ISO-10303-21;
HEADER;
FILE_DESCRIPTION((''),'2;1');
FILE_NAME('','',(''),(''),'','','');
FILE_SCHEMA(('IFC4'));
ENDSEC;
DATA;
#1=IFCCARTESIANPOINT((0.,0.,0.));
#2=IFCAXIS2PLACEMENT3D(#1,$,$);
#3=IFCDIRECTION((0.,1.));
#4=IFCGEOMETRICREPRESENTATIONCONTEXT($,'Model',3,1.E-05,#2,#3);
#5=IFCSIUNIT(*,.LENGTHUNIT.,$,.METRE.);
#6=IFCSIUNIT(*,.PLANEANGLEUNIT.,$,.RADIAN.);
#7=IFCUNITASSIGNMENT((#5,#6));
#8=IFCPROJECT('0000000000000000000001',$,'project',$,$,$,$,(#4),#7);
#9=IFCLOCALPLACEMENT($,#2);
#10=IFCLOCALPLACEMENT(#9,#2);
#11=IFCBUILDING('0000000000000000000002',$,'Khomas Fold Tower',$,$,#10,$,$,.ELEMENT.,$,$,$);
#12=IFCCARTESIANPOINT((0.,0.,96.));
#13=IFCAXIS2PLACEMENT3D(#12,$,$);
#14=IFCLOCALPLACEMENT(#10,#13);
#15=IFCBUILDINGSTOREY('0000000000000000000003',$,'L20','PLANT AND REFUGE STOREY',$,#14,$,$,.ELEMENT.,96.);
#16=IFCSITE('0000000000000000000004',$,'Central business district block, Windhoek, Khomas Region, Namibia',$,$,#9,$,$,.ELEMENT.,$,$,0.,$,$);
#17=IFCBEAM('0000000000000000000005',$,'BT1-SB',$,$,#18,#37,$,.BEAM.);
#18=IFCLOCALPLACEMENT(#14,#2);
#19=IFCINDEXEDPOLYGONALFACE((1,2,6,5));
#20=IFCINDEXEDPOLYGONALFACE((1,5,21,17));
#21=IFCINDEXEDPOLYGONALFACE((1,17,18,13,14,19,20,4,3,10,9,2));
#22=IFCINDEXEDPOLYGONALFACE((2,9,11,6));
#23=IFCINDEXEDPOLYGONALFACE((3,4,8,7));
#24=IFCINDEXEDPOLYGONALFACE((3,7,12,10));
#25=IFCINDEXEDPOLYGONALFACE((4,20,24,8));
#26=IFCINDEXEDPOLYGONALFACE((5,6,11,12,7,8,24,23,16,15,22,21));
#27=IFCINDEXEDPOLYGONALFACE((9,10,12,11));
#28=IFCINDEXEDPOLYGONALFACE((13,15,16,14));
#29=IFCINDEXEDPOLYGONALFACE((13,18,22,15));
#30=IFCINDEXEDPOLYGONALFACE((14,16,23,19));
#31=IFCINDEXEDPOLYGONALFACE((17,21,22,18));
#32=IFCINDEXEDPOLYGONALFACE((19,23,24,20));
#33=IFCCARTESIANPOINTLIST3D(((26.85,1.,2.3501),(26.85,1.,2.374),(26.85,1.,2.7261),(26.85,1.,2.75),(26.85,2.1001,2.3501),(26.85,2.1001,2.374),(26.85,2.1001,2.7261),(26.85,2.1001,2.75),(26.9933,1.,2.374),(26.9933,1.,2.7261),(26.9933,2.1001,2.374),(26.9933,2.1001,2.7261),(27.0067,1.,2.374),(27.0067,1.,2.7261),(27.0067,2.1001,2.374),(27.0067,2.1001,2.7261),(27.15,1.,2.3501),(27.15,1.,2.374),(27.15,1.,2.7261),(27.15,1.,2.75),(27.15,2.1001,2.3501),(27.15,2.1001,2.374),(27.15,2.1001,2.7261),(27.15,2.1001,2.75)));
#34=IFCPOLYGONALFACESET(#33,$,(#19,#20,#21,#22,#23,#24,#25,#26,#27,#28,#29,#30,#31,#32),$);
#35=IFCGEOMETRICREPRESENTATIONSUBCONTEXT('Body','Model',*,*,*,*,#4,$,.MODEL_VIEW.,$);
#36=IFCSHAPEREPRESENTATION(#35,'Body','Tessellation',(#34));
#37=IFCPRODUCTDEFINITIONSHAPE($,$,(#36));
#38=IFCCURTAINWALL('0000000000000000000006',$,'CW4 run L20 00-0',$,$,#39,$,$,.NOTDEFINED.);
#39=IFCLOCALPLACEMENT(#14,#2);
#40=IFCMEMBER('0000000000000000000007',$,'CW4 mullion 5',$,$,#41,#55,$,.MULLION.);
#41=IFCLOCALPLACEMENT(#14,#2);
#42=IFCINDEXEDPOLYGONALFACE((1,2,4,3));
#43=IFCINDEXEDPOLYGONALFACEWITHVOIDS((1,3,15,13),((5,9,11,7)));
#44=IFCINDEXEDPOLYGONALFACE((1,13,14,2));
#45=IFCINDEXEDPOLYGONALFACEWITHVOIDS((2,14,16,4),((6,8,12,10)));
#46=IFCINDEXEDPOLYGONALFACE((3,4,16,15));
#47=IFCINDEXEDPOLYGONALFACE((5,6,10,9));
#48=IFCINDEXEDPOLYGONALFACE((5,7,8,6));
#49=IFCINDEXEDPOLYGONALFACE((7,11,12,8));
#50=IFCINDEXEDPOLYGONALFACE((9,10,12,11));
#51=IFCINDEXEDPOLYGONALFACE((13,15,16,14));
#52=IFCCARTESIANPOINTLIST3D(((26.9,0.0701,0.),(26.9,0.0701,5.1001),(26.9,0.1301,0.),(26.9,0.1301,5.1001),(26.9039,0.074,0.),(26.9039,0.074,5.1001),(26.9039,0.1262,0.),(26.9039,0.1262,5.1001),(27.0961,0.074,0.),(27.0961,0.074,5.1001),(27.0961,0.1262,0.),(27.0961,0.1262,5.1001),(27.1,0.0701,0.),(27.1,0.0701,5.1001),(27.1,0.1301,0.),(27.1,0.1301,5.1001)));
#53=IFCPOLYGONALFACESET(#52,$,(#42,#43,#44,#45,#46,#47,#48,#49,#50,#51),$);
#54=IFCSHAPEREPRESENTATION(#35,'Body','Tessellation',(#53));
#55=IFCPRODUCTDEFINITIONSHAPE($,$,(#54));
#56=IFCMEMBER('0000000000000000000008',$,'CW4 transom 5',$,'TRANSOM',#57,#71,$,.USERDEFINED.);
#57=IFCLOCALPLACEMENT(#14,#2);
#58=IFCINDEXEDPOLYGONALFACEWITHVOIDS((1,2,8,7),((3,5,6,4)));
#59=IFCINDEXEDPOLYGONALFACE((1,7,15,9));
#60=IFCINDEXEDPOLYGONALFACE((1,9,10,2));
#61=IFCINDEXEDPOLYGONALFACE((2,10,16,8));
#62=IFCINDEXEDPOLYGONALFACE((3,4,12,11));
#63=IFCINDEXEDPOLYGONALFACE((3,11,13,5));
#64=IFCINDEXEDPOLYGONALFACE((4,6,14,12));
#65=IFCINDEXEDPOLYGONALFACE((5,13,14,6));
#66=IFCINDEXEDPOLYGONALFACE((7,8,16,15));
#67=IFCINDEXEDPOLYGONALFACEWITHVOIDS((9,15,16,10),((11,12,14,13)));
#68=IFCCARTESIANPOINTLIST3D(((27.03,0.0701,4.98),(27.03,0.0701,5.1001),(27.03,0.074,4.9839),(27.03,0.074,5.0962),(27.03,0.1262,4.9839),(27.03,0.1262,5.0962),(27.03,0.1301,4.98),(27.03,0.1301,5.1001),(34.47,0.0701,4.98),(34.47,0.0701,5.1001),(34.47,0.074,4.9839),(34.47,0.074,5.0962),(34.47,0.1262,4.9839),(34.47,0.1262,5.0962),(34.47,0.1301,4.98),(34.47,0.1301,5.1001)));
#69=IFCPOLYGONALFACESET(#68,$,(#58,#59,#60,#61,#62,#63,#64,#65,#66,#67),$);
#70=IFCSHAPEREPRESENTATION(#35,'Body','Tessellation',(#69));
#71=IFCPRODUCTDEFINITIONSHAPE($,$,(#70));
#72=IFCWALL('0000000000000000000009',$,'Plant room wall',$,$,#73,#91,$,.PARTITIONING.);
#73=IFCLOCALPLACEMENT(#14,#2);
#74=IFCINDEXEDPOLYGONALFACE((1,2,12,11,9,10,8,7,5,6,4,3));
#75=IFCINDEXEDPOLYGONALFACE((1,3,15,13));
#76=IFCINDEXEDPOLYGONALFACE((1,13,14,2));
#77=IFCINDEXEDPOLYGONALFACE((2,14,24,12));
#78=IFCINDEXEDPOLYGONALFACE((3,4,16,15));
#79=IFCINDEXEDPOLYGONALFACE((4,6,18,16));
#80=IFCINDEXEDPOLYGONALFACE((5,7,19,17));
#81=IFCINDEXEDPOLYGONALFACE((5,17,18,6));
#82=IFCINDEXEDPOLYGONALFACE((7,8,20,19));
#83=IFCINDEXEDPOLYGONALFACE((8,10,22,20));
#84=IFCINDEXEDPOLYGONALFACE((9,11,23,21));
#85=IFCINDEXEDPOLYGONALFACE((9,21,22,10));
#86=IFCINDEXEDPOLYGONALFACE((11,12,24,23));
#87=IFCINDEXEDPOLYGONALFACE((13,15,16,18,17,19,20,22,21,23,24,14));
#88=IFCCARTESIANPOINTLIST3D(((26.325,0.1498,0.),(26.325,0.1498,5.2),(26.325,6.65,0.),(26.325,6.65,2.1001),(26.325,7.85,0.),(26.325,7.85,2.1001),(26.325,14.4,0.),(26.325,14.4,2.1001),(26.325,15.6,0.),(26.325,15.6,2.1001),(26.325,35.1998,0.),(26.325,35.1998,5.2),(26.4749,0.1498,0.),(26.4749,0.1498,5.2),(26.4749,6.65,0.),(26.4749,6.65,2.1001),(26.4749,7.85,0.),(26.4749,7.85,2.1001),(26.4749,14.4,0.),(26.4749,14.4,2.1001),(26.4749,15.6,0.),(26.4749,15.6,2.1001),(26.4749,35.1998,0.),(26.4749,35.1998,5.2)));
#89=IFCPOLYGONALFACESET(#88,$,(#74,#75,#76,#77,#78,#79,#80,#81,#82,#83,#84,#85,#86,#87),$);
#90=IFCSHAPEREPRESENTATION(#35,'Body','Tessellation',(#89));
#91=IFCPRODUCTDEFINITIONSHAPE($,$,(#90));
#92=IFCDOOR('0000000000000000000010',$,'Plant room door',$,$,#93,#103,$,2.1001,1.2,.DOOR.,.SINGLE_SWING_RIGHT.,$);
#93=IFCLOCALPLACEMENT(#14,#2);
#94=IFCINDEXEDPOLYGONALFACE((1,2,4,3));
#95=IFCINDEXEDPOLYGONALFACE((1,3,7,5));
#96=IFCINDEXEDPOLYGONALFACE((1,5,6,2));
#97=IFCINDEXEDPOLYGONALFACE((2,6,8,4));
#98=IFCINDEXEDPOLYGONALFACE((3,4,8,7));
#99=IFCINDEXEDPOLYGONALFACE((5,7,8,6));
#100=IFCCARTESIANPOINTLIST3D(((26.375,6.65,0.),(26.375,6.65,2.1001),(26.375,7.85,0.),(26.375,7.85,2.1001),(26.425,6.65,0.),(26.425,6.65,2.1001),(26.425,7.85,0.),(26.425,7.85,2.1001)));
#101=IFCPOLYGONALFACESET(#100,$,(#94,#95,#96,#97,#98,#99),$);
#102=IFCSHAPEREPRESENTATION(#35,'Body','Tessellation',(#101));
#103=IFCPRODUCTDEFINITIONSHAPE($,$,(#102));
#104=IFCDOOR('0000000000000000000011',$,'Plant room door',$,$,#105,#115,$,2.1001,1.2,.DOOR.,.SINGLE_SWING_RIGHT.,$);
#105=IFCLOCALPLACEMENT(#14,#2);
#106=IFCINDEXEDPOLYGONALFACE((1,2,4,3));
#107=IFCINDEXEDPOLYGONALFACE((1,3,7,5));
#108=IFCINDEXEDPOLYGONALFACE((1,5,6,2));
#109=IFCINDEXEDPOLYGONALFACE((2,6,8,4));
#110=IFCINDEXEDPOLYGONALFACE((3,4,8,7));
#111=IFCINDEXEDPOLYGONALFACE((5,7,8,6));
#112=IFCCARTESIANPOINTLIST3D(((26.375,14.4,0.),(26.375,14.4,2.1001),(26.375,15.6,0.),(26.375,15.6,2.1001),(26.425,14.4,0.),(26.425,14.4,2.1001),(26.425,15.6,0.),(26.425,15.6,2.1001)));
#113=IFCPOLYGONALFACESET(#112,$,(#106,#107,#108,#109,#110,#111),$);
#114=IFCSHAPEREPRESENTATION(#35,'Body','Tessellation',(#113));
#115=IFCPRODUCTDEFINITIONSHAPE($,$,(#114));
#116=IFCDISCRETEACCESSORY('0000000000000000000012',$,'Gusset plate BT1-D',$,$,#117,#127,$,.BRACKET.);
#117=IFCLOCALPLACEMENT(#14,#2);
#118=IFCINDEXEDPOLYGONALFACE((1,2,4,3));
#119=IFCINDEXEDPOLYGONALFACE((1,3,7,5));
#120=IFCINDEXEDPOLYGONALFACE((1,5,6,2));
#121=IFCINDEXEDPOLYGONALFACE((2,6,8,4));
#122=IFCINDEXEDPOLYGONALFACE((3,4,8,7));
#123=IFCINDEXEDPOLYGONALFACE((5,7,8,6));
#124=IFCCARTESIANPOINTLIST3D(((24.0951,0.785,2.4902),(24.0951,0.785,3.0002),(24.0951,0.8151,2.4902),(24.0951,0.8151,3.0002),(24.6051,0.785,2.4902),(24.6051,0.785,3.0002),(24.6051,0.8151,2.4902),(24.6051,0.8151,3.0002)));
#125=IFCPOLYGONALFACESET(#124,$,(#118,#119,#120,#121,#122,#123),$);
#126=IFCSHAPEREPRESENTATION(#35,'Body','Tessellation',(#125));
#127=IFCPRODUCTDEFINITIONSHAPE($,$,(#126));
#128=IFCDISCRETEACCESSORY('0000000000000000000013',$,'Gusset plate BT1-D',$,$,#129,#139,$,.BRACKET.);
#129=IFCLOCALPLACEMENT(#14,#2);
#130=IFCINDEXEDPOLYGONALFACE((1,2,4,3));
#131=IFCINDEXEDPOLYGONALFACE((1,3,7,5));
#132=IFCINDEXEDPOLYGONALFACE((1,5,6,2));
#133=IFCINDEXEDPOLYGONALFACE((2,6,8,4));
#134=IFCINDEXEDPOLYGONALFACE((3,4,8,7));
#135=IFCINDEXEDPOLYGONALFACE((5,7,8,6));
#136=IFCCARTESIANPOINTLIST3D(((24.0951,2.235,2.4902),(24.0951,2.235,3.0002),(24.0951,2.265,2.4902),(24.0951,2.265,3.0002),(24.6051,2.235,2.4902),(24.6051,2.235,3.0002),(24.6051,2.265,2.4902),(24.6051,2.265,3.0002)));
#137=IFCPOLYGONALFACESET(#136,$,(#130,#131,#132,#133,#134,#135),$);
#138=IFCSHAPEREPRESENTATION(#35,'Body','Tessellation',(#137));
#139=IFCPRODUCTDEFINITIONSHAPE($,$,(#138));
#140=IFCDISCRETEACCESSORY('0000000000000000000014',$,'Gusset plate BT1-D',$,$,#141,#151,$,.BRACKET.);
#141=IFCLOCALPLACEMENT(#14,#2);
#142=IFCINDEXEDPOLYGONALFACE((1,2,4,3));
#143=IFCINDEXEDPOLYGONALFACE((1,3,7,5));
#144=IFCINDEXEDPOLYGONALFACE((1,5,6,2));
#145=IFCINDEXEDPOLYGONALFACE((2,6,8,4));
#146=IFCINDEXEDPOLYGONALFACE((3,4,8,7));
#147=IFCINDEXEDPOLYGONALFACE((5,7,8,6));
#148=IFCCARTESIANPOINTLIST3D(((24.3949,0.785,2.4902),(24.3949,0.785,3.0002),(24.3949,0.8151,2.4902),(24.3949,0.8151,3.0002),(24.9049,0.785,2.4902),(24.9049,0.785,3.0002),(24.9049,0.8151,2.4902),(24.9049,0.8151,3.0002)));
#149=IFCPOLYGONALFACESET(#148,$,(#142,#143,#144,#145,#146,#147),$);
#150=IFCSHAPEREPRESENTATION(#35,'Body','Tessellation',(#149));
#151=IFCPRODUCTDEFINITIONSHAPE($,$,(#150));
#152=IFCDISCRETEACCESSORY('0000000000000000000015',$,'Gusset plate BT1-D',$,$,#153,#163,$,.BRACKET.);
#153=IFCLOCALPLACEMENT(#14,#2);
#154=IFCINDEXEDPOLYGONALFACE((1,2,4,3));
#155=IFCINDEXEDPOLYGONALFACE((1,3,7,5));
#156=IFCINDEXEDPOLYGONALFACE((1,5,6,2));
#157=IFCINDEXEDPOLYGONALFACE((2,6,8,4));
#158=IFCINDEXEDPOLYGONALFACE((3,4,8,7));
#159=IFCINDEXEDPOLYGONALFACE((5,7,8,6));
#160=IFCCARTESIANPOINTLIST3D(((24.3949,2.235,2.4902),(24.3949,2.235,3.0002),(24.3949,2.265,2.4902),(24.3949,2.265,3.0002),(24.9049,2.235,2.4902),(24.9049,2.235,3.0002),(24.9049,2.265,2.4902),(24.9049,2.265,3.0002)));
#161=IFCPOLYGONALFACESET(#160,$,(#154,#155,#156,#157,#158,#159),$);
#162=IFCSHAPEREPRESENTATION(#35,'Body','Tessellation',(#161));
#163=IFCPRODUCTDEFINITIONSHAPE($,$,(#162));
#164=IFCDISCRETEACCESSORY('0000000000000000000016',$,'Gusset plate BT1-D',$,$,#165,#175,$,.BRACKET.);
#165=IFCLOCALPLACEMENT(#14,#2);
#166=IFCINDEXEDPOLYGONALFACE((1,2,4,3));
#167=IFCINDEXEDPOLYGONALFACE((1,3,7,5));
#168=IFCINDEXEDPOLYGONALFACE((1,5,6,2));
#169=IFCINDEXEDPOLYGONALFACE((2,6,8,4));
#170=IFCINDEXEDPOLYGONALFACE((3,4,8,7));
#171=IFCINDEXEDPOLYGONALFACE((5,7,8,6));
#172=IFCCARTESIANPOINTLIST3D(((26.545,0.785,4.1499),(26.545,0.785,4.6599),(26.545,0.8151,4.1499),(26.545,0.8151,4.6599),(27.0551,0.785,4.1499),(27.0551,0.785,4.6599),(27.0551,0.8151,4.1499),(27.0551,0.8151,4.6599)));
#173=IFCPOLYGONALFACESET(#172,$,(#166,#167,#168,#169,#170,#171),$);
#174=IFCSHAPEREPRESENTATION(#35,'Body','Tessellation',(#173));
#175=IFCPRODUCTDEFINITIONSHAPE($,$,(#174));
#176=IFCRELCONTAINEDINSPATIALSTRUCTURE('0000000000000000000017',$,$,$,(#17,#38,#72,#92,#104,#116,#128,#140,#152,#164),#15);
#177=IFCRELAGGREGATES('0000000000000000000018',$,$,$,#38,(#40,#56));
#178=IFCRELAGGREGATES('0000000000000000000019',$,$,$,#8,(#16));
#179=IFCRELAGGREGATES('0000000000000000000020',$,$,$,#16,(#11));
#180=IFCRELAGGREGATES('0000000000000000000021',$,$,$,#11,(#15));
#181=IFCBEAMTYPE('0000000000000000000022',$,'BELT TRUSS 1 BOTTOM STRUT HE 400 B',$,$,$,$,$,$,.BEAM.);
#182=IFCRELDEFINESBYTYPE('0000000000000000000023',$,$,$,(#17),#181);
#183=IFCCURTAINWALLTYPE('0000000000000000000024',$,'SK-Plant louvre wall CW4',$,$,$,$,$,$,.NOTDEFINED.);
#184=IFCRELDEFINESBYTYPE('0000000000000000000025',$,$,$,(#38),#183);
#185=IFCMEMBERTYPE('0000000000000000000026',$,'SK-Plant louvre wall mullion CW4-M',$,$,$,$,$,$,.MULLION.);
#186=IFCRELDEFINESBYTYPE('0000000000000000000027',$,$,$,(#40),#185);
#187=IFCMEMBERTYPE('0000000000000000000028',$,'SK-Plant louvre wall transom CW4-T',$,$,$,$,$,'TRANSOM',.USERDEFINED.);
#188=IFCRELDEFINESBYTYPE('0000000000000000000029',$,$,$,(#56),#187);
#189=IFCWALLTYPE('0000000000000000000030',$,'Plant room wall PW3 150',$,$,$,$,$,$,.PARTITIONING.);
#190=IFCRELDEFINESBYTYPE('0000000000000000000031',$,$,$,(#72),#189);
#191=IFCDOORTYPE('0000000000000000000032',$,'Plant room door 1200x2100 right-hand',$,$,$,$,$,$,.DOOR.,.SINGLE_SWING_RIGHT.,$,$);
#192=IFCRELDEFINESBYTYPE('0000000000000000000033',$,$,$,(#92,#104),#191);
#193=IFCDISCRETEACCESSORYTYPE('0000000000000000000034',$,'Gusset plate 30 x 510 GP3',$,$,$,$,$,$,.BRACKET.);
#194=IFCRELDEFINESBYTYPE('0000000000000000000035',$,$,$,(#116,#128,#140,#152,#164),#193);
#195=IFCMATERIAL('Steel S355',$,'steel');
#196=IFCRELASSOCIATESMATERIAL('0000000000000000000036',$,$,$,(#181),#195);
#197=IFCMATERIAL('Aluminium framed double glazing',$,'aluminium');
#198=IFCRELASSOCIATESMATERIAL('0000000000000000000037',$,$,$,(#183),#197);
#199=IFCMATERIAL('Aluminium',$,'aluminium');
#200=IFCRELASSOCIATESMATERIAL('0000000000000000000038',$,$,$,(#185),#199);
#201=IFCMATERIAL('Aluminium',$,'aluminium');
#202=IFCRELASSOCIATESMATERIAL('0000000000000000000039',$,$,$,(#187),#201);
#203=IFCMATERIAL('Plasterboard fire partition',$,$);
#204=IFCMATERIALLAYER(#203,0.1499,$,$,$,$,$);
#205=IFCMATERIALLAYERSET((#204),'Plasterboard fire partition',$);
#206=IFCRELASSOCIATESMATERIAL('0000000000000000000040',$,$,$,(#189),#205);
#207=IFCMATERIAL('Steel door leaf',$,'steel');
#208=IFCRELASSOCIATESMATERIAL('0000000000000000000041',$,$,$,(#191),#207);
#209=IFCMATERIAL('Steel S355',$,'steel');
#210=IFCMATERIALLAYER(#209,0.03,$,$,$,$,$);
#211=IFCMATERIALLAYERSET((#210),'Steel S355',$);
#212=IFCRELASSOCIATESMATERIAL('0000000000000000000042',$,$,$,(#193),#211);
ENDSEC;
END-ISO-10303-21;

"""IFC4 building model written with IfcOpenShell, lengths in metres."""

from ifc_helpers import new_model, si_unit, direction, frame, frame_2d, origin, origin_2d, place, context, subcontext, project, spatial, rectangle, hollow_rectangle, i_section, extrude, source, transform, mapped, material, layer, layer_set, material_profile, profile_set, type_object, element, fill, aggregate, save


model = new_model("IFC4")

# Units and contexts
model_context = context("Model", 3, precision=1e-05, world=origin(), true_north=direction((0.0, 1.0)))
body_context = subcontext(model_context, "Body", "Model", "MODEL_VIEW")
ifc_project = project(units=[si_unit("LENGTHUNIT", "METRE"), si_unit("PLANEANGLEUNIT", "RADIAN")], contexts=[model_context])

# Site, building, storey
site_placement = place(None, origin())
site = spatial("IfcSite", under=ifc_project, at=site_placement, Name="Central business district block, Windhoek, Khomas Region, Namibia", CompositionType="ELEMENT", RefElevation=0.0)
building_placement = place(site_placement, origin())
building = spatial("IfcBuilding", under=site, at=building_placement, Name="Khomas Fold Tower", CompositionType="ELEMENT")
storey_placement = place(building_placement, frame((0.0, 0.0, 96.0)))
storey = spatial("IfcBuildingStorey", under=building, at=storey_placement, Name="L20", Description="PLANT AND REFUGE STOREY", CompositionType="ELEMENT", Elevation=96.0)

# Beam
ifc_material_1 = material(Name="Steel S355", Category="steel")
ifc_material_profile_1 = material_profile(ifc_material_1, i_section(OverallWidth=0.3, OverallDepth=0.3999, WebThickness=0.0134, FlangeThickness=0.0239, at=origin_2d()), Name="HE 400 B")
ifc_profile_set_1 = profile_set([ifc_material_profile_1], Name="Steel S355")
beam_type_1 = type_object("IfcBeamType", Name="BELT TRUSS 1 BOTTOM STRUT HE 400 B", PredefinedType="BEAM", material=ifc_profile_set_1)
shared_shape_1 = source(origin(), body_context, "Body", "SweptSolid", [
    extrude(i_section(OverallWidth=0.3, OverallDepth=0.3999, WebThickness=0.0134, FlangeThickness=0.0239, at=origin_2d()), origin(), (0.0, 0.0, 1.0), 1.1001),
])
beam_1_placement = place(storey_placement, frame((27.0, 2.1001, 2.55), z_axis=(0.0, -1.0, 0.0), x_axis=(1.0, 0.0, 0.0)))
element("IfcBeam", 1, at=beam_1_placement, inside=storey, type_object=beam_type_1, Name="BT1-SB", PredefinedType="BEAM", context=body_context, shape_type="MappedRepresentation", body=[
    mapped(shared_shape_1, transform((0.0, 0.0, 0.0))),
])

# Curtain wall, members
ifc_material_2 = material(Name="Aluminium framed double glazing", Category="aluminium")
curtain_wall_type = type_object("IfcCurtainWallType", Name="SK-Plant louvre wall CW4", PredefinedType="NOTDEFINED", material=ifc_material_2)
curtain_wall_placement = place(storey_placement, origin())
curtain_wall = element("IfcCurtainWall", 2, at=curtain_wall_placement, inside=storey, type_object=curtain_wall_type, Name="CW4 run L20 00-0", PredefinedType="NOTDEFINED")
ifc_material_3 = material(Name="Aluminium", Category="aluminium")
ifc_material_profile_2 = material_profile(ifc_material_3, hollow_rectangle(XDim=0.0601, YDim=0.2, WallThickness=0.0039, at=origin_2d()), Name="SK-Plant louvre wall mullion CW4-M")
ifc_profile_set_2 = profile_set([ifc_material_profile_2], Name="Aluminium")
member_type_1 = type_object("IfcMemberType", Name="SK-Plant louvre wall mullion CW4-M", PredefinedType="MULLION", material=ifc_profile_set_2)
shared_shape_2 = source(origin(), body_context, "Body", "SweptSolid", [
    extrude(hollow_rectangle(XDim=0.0601, YDim=0.2, WallThickness=0.0039, at=origin_2d()), origin(), (0.0, 0.0, 1.0), 5.1001),
])
member_1_placement = place(storey_placement, frame((27.0, 0.1001, 0.0), z_axis=(0.0, 0.0, 1.0), x_axis=(0.0, 1.0, 0.0)))
member_1 = element("IfcMember", 3, at=member_1_placement, type_object=member_type_1, Name="CW4 mullion 5", PredefinedType="MULLION", context=body_context, shape_type="MappedRepresentation", body=[
    mapped(shared_shape_2, transform((0.0, 0.0, 0.0))),
])
ifc_material_4 = material(Name="Aluminium", Category="aluminium")
ifc_material_profile_3 = material_profile(ifc_material_4, hollow_rectangle(XDim=0.0601, YDim=0.1201, WallThickness=0.0039, at=origin_2d()), Name="SK-Plant louvre wall transom CW4-T")
ifc_profile_set_3 = profile_set([ifc_material_profile_3], Name="Aluminium")
member_type_2 = type_object("IfcMemberType", Name="SK-Plant louvre wall transom CW4-T", ElementType="TRANSOM", PredefinedType="USERDEFINED", material=ifc_profile_set_3)
shared_shape_3 = source(origin(), body_context, "Body", "SweptSolid", [
    extrude(hollow_rectangle(XDim=0.0601, YDim=0.1201, WallThickness=0.0039, at=origin_2d()), origin(), (0.0, 0.0, 1.0), 7.4399),
])
member_2_placement = place(storey_placement, frame((27.03, 0.1001, 5.04), z_axis=(1.0, 0.0, 0.0), x_axis=(0.0, 1.0, 0.0)))
member_2 = element("IfcMember", 4, at=member_2_placement, type_object=member_type_2, Name="CW4 transom 5", ObjectType="TRANSOM", PredefinedType="USERDEFINED", context=body_context, shape_type="MappedRepresentation", body=[
    mapped(shared_shape_3, transform((0.0, 0.0, 0.0))),
])
aggregate(curtain_wall, [member_1, member_2])

# Wall, openings, doors
ifc_material_5 = material(Name="Plasterboard fire partition")
ifc_layer_1 = layer(ifc_material_5, 0.1499)
ifc_layer_set_1 = layer_set([ifc_layer_1], Name="Plasterboard fire partition")
wall_type = type_object("IfcWallType", Name="Plant room wall PW3 150", PredefinedType="PARTITIONING", material=ifc_layer_set_1)
shared_shape_4 = source(origin(), body_context, "Body", "SweptSolid", [
    extrude(rectangle(XDim=35.05, YDim=0.1499, at=frame_2d((17.5249, 0.0))), origin(), (0.0, 0.0, 1.0), 5.2),
])
wall_placement = place(storey_placement, frame((26.3999, 0.1499, 0.0), z_axis=(0.0, 0.0, 1.0), x_axis=(0.0, 1.0, 0.0)))
wall = element("IfcWall", 5, at=wall_placement, inside=storey, type_object=wall_type, Name="Plant room wall", PredefinedType="PARTITIONING", context=body_context, shape_type="MappedRepresentation", body=[
    mapped(shared_shape_4, transform((0.0, 0.0, 0.0))),
])
shared_shape_5 = source(origin(), body_context, "Body", "SweptSolid", [
    extrude(rectangle(XDim=1.2, YDim=2.1001, at=frame_2d((0.6001, 1.05))), frame((0.0, 0.085, 0.0), z_axis=(0.0, -1.0, 0.0), x_axis=(1.0, 0.0, 0.0)), (0.0, 0.0, 1.0), 0.1699),
])
opening_1_placement = place(wall_placement, frame((6.5, 0.0, 0.0)))
opening_1 = element("IfcOpeningElement", 6, at=opening_1_placement, cuts=wall, PredefinedType="OPENING", context=body_context, shape_type="MappedRepresentation", body=[
    mapped(shared_shape_5, transform((0.0, 0.0, 0.0))),
])
opening_2_placement = place(wall_placement, frame((14.25, 0.0, 0.0)))
opening_2 = element("IfcOpeningElement", 7, at=opening_2_placement, cuts=wall, PredefinedType="OPENING", context=body_context, shape_type="MappedRepresentation", body=[
    mapped(shared_shape_5, transform((0.0, 0.0, 0.0))),
])
ifc_material_6 = material(Name="Steel door leaf", Category="steel")
door_type = type_object("IfcDoorType", Name="Plant room door 1200x2100 right-hand", OperationType="SINGLE_SWING_RIGHT", PredefinedType="DOOR", material=ifc_material_6)
shared_shape_6 = source(origin(), body_context, "Body", "SweptSolid", [
    extrude(rectangle(XDim=1.2, YDim=2.1001, at=frame_2d((0.6001, 1.05))), frame((0.0, 0.0249, 0.0), z_axis=(0.0, -1.0, 0.0), x_axis=(1.0, 0.0, 0.0)), (0.0, 0.0, 1.0), 0.05),
])
door_1_placement = place(opening_1_placement, origin())
door_1 = element("IfcDoor", 8, at=door_1_placement, inside=storey, type_object=door_type, Name="Plant room door", OperationType="SINGLE_SWING_RIGHT", OverallHeight=2.1001, OverallWidth=1.2, PredefinedType="DOOR", context=body_context, shape_type="MappedRepresentation", body=[
    mapped(shared_shape_6, transform((0.0, 0.0, 0.0))),
])
fill(opening_1, door_1)
door_2_placement = place(opening_2_placement, origin())
door_2 = element("IfcDoor", 9, at=door_2_placement, inside=storey, type_object=door_type, Name="Plant room door", OperationType="SINGLE_SWING_RIGHT", OverallHeight=2.1001, OverallWidth=1.2, PredefinedType="DOOR", context=body_context, shape_type="MappedRepresentation", body=[
    mapped(shared_shape_6, transform((0.0, 0.0, 0.0))),
])
fill(opening_2, door_2)

# Discrete accessories
ifc_material_7 = material(Name="Steel S355", Category="steel")
ifc_layer_2 = layer(ifc_material_7, 0.03)
ifc_layer_set_2 = layer_set([ifc_layer_2], Name="Steel S355")
discrete_accessory_type = type_object("IfcDiscreteAccessoryType", Name="Gusset plate 30 x 510 GP3", PredefinedType="BRACKET", material=ifc_layer_set_2)
shared_shape_7 = source(origin(), body_context, "Body", "SweptSolid", [
    extrude(rectangle(XDim=0.51, YDim=0.03, at=origin_2d()), origin(), (0.0, 0.0, 1.0), 0.51),
])
for number, where, z_axis, x_axis, name in (
    (10, (24.3501, 0.8, 2.4902), (0.0, 0.0, 1.0), (1.0, 0.0, 0.0), "Gusset plate BT1-D"),
    (11, (24.3501, 2.25, 2.4902), (0.0, 0.0, 1.0), (1.0, 0.0, 0.0), "Gusset plate BT1-D"),
    (12, (24.6499, 0.8, 2.4902), (0.0, 0.0, 1.0), (1.0, 0.0, 0.0), "Gusset plate BT1-D"),
    (13, (24.6499, 2.25, 2.4902), (0.0, 0.0, 1.0), (1.0, 0.0, 0.0), "Gusset plate BT1-D"),
    (14, (26.8, 0.8, 4.1499), (0.0, 0.0, 1.0), (1.0, 0.0, 0.0), "Gusset plate BT1-D"),
):
    element("IfcDiscreteAccessory", number, at=place(storey_placement, frame(where, z_axis=z_axis, x_axis=x_axis)), inside=storey, type_object=discrete_accessory_type, Name=name, PredefinedType="BRACKET", context=body_context, shape_type="MappedRepresentation", body=[
        mapped(shared_shape_7, transform((0.0, 0.0, 0.0))),
    ])

save(model, "model.ifc")
